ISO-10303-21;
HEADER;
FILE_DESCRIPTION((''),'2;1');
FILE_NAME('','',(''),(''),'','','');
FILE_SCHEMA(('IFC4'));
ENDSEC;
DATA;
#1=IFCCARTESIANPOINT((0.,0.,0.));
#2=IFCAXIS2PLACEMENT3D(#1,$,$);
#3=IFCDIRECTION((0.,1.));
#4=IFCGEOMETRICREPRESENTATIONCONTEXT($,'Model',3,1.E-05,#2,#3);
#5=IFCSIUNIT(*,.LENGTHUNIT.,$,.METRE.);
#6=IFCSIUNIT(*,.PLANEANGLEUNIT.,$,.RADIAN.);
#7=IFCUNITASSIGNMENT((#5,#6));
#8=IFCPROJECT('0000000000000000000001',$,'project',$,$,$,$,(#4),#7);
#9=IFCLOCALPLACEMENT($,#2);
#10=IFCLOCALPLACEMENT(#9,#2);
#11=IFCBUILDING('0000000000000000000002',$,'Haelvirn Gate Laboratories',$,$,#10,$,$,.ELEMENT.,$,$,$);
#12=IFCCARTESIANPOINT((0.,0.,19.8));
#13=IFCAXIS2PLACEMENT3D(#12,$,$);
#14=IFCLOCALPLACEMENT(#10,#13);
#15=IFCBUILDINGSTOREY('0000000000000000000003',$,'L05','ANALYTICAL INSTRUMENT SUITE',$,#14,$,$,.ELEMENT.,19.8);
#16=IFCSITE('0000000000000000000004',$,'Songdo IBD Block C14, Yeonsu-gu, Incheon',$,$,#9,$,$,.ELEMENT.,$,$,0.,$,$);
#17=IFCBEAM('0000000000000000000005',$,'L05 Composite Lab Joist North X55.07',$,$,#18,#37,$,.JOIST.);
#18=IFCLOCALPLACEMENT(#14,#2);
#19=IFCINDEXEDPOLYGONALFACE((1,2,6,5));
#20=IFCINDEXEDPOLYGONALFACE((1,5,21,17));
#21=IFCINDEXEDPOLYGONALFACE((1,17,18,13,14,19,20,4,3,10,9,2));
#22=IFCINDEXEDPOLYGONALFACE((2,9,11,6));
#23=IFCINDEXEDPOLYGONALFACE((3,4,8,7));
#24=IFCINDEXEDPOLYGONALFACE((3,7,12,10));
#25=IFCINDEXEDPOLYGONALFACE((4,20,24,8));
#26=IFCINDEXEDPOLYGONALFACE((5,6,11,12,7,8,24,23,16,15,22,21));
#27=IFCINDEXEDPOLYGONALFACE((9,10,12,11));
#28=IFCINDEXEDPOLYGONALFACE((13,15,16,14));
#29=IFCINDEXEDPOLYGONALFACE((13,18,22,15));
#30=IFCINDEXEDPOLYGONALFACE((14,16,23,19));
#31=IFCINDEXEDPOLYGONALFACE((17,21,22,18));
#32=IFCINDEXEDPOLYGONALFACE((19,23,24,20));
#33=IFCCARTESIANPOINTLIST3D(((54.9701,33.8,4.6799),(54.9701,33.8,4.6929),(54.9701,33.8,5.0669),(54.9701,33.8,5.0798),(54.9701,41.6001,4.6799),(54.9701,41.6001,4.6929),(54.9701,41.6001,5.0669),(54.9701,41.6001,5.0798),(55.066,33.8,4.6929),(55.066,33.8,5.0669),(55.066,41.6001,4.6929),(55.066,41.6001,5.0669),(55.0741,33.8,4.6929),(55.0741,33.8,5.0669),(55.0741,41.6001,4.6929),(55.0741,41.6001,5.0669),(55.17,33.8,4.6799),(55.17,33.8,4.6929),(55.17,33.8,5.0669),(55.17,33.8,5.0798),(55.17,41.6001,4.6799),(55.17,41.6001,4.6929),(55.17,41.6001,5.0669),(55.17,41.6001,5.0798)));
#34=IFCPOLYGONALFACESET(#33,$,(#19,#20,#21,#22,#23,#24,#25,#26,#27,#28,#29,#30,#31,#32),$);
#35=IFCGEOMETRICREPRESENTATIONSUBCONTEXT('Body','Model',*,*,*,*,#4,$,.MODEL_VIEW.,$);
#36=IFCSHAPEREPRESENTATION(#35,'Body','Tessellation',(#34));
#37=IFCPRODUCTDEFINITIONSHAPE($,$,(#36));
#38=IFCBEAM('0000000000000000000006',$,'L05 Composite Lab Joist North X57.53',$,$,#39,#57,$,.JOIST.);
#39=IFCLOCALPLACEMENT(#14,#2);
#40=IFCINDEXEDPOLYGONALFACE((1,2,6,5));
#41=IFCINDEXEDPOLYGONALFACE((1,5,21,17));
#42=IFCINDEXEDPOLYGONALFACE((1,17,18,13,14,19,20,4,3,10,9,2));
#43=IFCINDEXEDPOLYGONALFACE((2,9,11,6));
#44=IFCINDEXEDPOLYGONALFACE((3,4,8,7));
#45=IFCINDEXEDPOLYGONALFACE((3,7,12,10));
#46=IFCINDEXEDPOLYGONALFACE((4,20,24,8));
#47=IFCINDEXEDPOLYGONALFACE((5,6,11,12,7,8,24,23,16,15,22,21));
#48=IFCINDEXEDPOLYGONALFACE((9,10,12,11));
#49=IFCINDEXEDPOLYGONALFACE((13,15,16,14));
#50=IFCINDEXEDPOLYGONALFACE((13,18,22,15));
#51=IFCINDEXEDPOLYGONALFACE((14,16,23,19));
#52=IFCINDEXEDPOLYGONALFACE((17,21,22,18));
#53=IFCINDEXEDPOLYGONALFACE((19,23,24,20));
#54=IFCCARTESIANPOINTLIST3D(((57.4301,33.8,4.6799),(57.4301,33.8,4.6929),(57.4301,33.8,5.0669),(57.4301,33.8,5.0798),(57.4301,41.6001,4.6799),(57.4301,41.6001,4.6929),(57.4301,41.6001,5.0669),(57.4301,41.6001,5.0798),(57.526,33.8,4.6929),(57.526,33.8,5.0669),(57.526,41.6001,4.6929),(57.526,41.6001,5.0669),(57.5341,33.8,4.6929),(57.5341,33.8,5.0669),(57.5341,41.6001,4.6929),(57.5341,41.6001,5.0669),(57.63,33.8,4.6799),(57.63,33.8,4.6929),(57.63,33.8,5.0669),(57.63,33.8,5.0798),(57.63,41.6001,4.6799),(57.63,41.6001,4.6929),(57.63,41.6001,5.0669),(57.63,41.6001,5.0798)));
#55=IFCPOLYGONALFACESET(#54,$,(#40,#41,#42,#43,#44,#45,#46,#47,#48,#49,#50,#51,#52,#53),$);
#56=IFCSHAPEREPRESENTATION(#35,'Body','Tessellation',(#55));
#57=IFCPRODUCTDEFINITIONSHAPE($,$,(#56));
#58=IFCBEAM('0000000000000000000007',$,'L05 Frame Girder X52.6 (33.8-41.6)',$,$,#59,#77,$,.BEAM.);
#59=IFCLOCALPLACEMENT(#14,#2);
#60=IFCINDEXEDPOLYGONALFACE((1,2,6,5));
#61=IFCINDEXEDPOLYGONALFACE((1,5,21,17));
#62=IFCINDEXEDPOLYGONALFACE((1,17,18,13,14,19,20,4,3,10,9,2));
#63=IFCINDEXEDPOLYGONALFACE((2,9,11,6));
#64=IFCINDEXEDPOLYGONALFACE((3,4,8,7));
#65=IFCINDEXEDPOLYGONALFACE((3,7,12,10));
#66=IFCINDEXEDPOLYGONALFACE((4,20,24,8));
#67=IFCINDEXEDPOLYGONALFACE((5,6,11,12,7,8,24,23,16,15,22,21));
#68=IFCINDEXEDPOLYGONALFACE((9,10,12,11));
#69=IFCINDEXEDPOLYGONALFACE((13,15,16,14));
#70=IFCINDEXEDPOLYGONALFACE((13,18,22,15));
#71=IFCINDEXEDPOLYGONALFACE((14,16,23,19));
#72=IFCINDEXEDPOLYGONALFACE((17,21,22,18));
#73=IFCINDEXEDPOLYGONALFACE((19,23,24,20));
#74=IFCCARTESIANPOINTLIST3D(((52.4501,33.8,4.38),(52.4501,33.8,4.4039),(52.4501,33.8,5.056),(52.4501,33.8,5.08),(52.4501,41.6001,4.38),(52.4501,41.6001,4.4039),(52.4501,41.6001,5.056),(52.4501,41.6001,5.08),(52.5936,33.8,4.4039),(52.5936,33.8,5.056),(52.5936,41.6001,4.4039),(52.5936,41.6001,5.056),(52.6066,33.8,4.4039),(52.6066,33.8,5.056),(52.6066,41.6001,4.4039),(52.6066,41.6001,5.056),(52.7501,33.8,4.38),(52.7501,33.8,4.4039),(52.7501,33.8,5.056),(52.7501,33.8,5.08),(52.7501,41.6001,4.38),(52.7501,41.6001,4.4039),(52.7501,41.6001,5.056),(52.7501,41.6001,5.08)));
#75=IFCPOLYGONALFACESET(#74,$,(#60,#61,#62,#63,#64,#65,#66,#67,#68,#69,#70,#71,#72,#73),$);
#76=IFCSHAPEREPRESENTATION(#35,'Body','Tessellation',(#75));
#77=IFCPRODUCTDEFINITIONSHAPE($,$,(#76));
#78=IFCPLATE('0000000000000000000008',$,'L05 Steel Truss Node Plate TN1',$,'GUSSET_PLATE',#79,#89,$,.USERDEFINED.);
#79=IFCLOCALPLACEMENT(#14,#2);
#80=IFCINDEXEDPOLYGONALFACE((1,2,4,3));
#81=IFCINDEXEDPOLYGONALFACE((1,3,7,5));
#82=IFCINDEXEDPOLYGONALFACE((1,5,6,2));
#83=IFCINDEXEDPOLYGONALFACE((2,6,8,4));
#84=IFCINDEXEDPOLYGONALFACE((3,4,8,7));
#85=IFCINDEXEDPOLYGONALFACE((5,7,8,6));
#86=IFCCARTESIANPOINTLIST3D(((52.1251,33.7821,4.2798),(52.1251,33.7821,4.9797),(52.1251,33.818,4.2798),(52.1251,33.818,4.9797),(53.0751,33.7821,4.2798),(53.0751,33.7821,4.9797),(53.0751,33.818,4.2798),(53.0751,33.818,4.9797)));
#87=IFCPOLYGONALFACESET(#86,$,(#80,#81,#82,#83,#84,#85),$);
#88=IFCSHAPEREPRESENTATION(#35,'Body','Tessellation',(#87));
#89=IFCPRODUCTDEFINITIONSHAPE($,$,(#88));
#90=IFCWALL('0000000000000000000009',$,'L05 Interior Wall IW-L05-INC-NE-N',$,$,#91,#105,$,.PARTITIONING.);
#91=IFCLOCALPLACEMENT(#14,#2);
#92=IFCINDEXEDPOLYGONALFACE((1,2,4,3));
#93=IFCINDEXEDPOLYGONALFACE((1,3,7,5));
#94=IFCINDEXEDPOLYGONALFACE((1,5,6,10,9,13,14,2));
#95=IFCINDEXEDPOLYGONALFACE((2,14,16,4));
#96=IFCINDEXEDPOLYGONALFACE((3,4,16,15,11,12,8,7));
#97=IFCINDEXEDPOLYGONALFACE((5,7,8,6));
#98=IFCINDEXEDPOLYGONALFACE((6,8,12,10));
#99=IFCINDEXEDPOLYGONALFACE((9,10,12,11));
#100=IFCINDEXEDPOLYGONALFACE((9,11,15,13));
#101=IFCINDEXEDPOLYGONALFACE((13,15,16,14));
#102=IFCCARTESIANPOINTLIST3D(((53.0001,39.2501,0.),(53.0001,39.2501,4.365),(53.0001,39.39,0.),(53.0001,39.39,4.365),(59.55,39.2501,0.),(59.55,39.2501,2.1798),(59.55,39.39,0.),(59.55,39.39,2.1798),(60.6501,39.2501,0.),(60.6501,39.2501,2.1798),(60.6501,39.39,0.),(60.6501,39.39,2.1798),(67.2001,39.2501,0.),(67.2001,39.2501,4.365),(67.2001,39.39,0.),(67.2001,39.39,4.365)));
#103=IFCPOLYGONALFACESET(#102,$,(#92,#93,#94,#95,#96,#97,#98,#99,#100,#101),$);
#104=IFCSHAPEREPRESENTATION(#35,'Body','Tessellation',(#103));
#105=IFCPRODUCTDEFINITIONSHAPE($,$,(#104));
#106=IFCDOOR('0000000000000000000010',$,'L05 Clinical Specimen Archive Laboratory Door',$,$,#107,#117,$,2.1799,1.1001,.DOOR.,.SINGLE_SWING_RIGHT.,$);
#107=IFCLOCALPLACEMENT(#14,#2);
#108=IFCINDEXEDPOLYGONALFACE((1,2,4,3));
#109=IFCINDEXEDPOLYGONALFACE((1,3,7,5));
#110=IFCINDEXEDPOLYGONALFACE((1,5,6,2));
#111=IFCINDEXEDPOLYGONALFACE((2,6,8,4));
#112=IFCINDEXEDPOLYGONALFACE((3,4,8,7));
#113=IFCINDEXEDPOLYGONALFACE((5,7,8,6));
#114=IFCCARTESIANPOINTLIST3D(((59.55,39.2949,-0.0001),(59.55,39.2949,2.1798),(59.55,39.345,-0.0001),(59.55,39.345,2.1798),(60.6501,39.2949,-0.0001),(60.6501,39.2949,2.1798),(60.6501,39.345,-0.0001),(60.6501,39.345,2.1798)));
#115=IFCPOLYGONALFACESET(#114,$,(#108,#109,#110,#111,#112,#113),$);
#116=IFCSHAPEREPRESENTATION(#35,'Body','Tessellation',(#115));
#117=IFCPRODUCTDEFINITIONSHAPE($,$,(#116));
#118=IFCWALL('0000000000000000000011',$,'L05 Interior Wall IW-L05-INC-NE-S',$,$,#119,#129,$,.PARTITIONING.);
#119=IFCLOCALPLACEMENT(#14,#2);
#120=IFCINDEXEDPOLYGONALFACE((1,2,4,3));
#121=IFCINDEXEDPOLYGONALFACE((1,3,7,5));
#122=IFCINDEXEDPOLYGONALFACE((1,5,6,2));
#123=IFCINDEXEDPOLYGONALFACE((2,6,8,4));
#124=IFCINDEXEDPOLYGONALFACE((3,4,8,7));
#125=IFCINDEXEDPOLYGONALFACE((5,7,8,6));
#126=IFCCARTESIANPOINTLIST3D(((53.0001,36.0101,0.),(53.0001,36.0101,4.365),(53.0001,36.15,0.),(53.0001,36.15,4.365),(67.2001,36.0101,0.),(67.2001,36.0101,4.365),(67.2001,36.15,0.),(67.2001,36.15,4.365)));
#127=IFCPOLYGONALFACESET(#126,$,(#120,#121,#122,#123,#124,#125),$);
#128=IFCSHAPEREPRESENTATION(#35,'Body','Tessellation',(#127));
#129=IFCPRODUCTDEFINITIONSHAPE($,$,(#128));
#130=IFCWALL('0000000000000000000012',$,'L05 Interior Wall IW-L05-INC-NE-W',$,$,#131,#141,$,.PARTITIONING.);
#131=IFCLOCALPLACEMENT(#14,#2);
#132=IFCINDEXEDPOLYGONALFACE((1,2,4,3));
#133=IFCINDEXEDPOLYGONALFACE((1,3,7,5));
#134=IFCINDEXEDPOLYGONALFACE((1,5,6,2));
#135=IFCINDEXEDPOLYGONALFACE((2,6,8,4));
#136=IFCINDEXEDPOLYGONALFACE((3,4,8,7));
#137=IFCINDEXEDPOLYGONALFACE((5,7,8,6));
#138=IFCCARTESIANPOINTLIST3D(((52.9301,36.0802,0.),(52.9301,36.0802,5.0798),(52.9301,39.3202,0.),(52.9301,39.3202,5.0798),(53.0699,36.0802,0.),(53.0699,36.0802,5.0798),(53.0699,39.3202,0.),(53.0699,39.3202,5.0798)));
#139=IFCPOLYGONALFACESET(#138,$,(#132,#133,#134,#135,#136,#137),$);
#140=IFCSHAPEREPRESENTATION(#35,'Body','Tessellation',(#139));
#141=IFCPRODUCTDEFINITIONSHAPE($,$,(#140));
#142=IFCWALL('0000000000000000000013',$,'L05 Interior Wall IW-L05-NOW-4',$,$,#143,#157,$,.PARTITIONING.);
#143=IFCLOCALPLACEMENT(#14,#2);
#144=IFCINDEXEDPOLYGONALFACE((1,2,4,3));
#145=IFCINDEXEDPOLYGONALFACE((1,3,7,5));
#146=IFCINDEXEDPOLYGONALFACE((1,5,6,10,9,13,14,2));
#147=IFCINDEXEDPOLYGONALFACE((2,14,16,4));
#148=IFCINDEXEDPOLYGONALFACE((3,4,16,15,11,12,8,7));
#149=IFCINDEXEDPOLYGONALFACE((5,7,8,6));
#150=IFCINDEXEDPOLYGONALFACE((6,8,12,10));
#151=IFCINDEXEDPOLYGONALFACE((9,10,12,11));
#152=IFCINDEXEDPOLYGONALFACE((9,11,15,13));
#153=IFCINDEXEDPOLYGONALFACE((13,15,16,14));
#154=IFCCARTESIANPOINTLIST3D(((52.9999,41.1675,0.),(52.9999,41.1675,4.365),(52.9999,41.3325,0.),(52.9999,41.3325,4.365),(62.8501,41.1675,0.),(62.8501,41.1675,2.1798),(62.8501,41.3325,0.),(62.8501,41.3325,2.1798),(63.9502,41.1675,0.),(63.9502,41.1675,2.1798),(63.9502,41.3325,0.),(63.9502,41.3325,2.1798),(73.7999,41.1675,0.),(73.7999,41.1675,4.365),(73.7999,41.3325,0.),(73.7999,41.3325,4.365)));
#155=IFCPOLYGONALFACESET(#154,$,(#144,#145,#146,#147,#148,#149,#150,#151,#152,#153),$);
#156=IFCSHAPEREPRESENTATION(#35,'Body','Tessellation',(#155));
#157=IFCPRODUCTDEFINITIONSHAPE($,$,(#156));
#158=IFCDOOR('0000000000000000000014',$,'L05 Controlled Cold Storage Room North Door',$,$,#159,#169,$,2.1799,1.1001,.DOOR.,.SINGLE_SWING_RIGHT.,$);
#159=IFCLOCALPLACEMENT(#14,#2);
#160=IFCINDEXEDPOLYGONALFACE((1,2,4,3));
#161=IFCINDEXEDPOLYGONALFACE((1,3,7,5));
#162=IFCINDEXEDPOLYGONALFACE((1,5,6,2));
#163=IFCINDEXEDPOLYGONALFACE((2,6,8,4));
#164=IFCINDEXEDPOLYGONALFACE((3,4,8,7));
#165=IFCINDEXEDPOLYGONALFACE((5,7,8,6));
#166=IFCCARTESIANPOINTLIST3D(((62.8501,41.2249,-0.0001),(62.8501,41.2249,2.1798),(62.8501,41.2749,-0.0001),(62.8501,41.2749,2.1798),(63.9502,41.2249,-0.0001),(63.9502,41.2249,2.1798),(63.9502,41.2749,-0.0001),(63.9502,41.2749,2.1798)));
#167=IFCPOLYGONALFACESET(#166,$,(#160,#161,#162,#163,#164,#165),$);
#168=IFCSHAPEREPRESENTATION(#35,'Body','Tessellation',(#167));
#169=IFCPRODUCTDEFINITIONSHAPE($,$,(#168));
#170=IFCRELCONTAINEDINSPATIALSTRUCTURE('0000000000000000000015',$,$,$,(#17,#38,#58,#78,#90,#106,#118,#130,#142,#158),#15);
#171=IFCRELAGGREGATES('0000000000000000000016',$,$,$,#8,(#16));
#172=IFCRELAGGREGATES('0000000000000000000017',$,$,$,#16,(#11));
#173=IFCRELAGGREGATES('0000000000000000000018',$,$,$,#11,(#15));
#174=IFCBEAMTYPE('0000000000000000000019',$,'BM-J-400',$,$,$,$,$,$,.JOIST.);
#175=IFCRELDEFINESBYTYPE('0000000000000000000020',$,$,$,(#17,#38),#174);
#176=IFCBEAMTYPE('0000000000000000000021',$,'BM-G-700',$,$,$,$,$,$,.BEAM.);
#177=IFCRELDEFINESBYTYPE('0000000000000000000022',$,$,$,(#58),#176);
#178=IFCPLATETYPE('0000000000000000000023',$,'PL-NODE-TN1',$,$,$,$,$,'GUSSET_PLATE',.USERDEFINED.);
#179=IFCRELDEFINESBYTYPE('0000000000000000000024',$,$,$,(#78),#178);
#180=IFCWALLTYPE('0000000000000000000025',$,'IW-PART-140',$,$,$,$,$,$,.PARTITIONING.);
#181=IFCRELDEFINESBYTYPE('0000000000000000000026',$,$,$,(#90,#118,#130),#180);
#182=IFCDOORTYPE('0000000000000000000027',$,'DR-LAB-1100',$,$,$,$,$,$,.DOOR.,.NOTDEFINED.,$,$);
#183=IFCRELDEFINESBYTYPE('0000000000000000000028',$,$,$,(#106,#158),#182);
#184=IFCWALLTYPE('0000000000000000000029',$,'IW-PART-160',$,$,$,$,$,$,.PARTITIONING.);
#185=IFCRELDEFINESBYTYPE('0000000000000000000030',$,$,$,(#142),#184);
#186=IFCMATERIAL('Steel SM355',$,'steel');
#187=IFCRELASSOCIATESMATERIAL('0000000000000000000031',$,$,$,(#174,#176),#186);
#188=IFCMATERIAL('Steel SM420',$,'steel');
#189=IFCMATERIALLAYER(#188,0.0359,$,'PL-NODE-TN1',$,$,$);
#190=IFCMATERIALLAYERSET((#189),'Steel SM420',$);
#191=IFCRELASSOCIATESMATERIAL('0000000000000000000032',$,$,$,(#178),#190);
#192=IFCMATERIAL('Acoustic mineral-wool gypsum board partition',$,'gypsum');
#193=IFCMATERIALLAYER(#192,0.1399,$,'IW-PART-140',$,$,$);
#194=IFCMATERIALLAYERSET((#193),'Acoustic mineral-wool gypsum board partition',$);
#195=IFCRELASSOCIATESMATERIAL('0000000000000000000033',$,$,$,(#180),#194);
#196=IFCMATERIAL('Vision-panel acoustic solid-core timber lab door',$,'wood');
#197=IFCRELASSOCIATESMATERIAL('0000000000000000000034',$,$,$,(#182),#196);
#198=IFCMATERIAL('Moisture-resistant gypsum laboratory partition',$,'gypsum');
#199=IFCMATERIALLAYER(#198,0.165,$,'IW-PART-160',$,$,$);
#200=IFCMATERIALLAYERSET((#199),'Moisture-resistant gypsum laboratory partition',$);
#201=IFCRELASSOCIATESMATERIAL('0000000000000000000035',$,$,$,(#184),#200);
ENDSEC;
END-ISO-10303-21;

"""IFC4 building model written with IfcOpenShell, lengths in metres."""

from ifc_helpers import new_model, si_unit, direction, frame, frame_2d, origin, origin_2d, place, context, subcontext, project, spatial, rectangle, i_section, extrude, source, transform, mapped, material, layer, layer_set, material_profile, profile_set, type_object, type_shapes, element, fill, save


model = new_model("IFC4")

# Units and contexts
model_context = context("Model", 3, precision=1e-05, world=origin(), true_north=direction((0.0, 1.0)))
body_context = subcontext(model_context, "Body", "Model", "MODEL_VIEW")
ifc_project = project(units=[si_unit("LENGTHUNIT", "METRE"), si_unit("PLANEANGLEUNIT", "RADIAN")], contexts=[model_context])

# Site, building, storey
site_placement = place(None, origin())
site = spatial("IfcSite", under=ifc_project, at=site_placement, Name="Songdo IBD Block C14, Yeonsu-gu, Incheon", CompositionType="ELEMENT", RefElevation=0.0)
building_placement = place(site_placement, origin())
building = spatial("IfcBuilding", under=site, at=building_placement, Name="Haelvirn Gate Laboratories", CompositionType="ELEMENT")
storey_placement = place(building_placement, frame((0.0, 0.0, 19.8)))
storey = spatial("IfcBuildingStorey", under=building, at=storey_placement, Name="L05", Description="ANALYTICAL INSTRUMENT SUITE", CompositionType="ELEMENT", Elevation=19.8)

# Beams
ifc_material_1 = material(Name="Steel SM355", Category="steel")
ifc_material_profile_1 = material_profile(ifc_material_1, i_section(OverallWidth=0.2, OverallDepth=0.3999, WebThickness=0.0081, FlangeThickness=0.0129, at=origin_2d()), Name="H-400x200x8x13")
ifc_profile_set_1 = profile_set([ifc_material_profile_1], Name="Steel SM355")
beam_type_1 = type_object("IfcBeamType", Name="BM-J-400", PredefinedType="JOIST", material=ifc_profile_set_1)
shared_shape_1 = source(origin(), body_context, "Body", "SweptSolid", [
    extrude(i_section(OverallWidth=0.2, OverallDepth=0.3999, WebThickness=0.0081, FlangeThickness=0.0129, at=origin_2d()), origin(), (0.0, 0.0, 1.0), 7.8),
])
type_shapes(beam_type_1, [shared_shape_1])
for number, where, z_axis, x_axis, name in (
    (1, (55.0701, 33.8, 4.8799), (0.0, 1.0, 0.0), (-1.0, 0.0, 0.0), "L05 Composite Lab Joist North X55.07"),
    (2, (57.53, 33.8, 4.8799), (0.0, 1.0, 0.0), (-1.0, 0.0, 0.0), "L05 Composite Lab Joist North X57.53"),
):
    element("IfcBeam", number, at=place(storey_placement, frame(where, z_axis=z_axis, x_axis=x_axis)), inside=storey, type_object=beam_type_1, Name=name, PredefinedType="JOIST", context=body_context, shape_type="MappedRepresentation", body=[
        mapped(shared_shape_1, transform((0.0, 0.0, 0.0), scale=1.0)),
    ])
ifc_material_profile_2 = material_profile(ifc_material_1, i_section(OverallWidth=0.3, OverallDepth=0.7, WebThickness=0.0129, FlangeThickness=0.0239, at=origin_2d()), Name="H-700x300x13x24")
ifc_profile_set_2 = profile_set([ifc_material_profile_2], Name="Steel SM355")
beam_type_2 = type_object("IfcBeamType", Name="BM-G-700", PredefinedType="BEAM", material=ifc_profile_set_2)
shared_shape_2 = source(origin(), body_context, "Body", "SweptSolid", [
    extrude(i_section(OverallWidth=0.3, OverallDepth=0.7, WebThickness=0.0129, FlangeThickness=0.0239, at=origin_2d()), origin(), (0.0, 0.0, 1.0), 7.8),
])
type_shapes(beam_type_2, [shared_shape_2])
beam_placement = place(storey_placement, frame((52.6001, 33.8, 4.73), z_axis=(0.0, 1.0, 0.0), x_axis=(-1.0, 0.0, 0.0)))
element("IfcBeam", 3, at=beam_placement, inside=storey, type_object=beam_type_2, Name="L05 Frame Girder X52.6 (33.8-41.6)", PredefinedType="BEAM", context=body_context, shape_type="MappedRepresentation", body=[
    mapped(shared_shape_2, transform((0.0, 0.0, 0.0), scale=1.0)),
])

# Plate
ifc_material_2 = material(Name="Steel SM420", Category="steel")
ifc_layer_1 = layer(ifc_material_2, 0.0359, Name="PL-NODE-TN1")
ifc_layer_set_1 = layer_set([ifc_layer_1], Name="Steel SM420")
plate_type = type_object("IfcPlateType", Name="PL-NODE-TN1", ElementType="GUSSET_PLATE", PredefinedType="USERDEFINED", material=ifc_layer_set_1)
shared_shape_3 = source(origin(), body_context, "Body", "SweptSolid", [
    extrude(rectangle(XDim=0.95, YDim=0.0359, at=origin_2d()), origin(), (0.0, 0.0, 1.0), 0.7),
])
type_shapes(plate_type, [shared_shape_3])
plate_placement = place(storey_placement, frame((52.6001, 33.8, 4.2798), z_axis=(0.0, 0.0, 1.0), x_axis=(1.0, 0.0, 0.0)))
element("IfcPlate", 4, at=plate_placement, inside=storey, type_object=plate_type, Name="L05 Steel Truss Node Plate TN1", ObjectType="GUSSET_PLATE", PredefinedType="USERDEFINED", context=body_context, shape_type="MappedRepresentation", body=[
    mapped(shared_shape_3, transform((0.0, 0.0, 0.0), scale=1.0)),
])

# Wall, opening, door
ifc_material_3 = material(Name="Acoustic mineral-wool gypsum board partition", Category="gypsum")
ifc_layer_2 = layer(ifc_material_3, 0.1399, Name="IW-PART-140")
ifc_layer_set_2 = layer_set([ifc_layer_2], Name="Acoustic mineral-wool gypsum board partition")
wall_type_1 = type_object("IfcWallType", Name="IW-PART-140", PredefinedType="PARTITIONING", material=ifc_layer_set_2)
wall_1_placement = place(storey_placement, frame((53.0, 39.3201, 0.0), z_axis=(0.0, 0.0, 1.0), x_axis=(1.0, 0.0, 0.0)))
wall_1 = element("IfcWall", 5, at=wall_1_placement, inside=storey, type_object=wall_type_1, Name="L05 Interior Wall IW-L05-INC-NE-N", PredefinedType="PARTITIONING", context=body_context, shape_type="SweptSolid", body=[
    extrude(rectangle(XDim=14.2, YDim=0.1399, at=frame_2d((7.1001, 0.0))), origin(), (0.0, 0.0, 1.0), 4.365),
])
opening_1_placement = place(wall_1_placement, frame((6.55, 0.0, 0.0)))
opening_1 = element("IfcOpeningElement", 6, at=opening_1_placement, cuts=wall_1, PredefinedType="OPENING", context=body_context, shape_type="SweptSolid", body=[
    extrude(rectangle(XDim=1.1001, YDim=2.1799, at=frame_2d((0.55, 1.0898))), frame((0.0, 0.0801, 0.0), z_axis=(0.0, -1.0, 0.0), x_axis=(1.0, 0.0, 0.0)), (0.0, 0.0, 1.0), 0.1599),
])
ifc_material_4 = material(Name="Vision-panel acoustic solid-core timber lab door", Category="wood")
door_type_1 = type_object("IfcDoorType", Name="DR-LAB-1100", OperationType="NOTDEFINED", PredefinedType="DOOR", material=ifc_material_4)
shared_shape_4 = source(origin(), body_context, "Body", "SweptSolid", [
    extrude(rectangle(XDim=1.1001, YDim=2.1799, at=frame_2d((0.55, 1.0898))), frame((0.0, 0.0249, 0.0), z_axis=(0.0, -1.0, 0.0), x_axis=(1.0, 0.0, 0.0)), (0.0, 0.0, 1.0), 0.05),
])
type_shapes(door_type_1, [shared_shape_4])
door_1_placement = place(opening_1_placement, origin())
door_1 = element("IfcDoor", 7, at=door_1_placement, inside=storey, type_object=door_type_1, Name="L05 Clinical Specimen Archive Laboratory Door", OperationType="SINGLE_SWING_RIGHT", OverallHeight=2.1799, OverallWidth=1.1001, PredefinedType="DOOR", context=body_context, shape_type="MappedRepresentation", body=[
    mapped(shared_shape_4, transform((0.0, 0.0, 0.0), scale=1.0)),
])
fill(opening_1, door_1)

# Walls
wall_2_placement = place(storey_placement, frame((53.0, 36.0801, 0.0), z_axis=(0.0, 0.0, 1.0), x_axis=(1.0, 0.0, 0.0)))
element("IfcWall", 8, at=wall_2_placement, inside=storey, type_object=wall_type_1, Name="L05 Interior Wall IW-L05-INC-NE-S", PredefinedType="PARTITIONING", context=body_context, shape_type="SweptSolid", body=[
    extrude(rectangle(XDim=14.2, YDim=0.1399, at=frame_2d((7.1001, 0.0))), origin(), (0.0, 0.0, 1.0), 4.365),
])
wall_3_placement = place(storey_placement, frame((53.0, 36.0801, 0.0), z_axis=(0.0, 0.0, 1.0), x_axis=(0.0, 1.0, 0.0)))
element("IfcWall", 9, at=wall_3_placement, inside=storey, type_object=wall_type_1, Name="L05 Interior Wall IW-L05-INC-NE-W", PredefinedType="PARTITIONING", context=body_context, shape_type="SweptSolid", body=[
    extrude(rectangle(XDim=3.24, YDim=0.1399, at=frame_2d((1.6201, 0.0))), origin(), (0.0, 0.0, 1.0), 5.0798),
])

# Wall, opening, door
ifc_material_5 = material(Name="Moisture-resistant gypsum laboratory partition", Category="gypsum")
ifc_layer_3 = layer(ifc_material_5, 0.165, Name="IW-PART-160")
ifc_layer_set_3 = layer_set([ifc_layer_3], Name="Moisture-resistant gypsum laboratory partition")
wall_type_2 = type_object("IfcWallType", Name="IW-PART-160", PredefinedType="PARTITIONING", material=ifc_layer_set_3)
wall_4_placement = place(storey_placement, frame((53.0, 41.25, 0.0), z_axis=(0.0, 0.0, 1.0), x_axis=(1.0, 0.0, 0.0)))
wall_4 = element("IfcWall", 10, at=wall_4_placement, inside=storey, type_object=wall_type_2, Name="L05 Interior Wall IW-L05-NOW-4", PredefinedType="PARTITIONING", context=body_context, shape_type="SweptSolid", body=[
    extrude(rectangle(XDim=20.8, YDim=0.165, at=frame_2d((10.3999, 0.0))), origin(), (0.0, 0.0, 1.0), 4.365),
])
opening_2_placement = place(wall_4_placement, frame((9.8501, 0.0, 0.0)))
opening_2 = element("IfcOpeningElement", 11, at=opening_2_placement, cuts=wall_4, PredefinedType="OPENING", context=body_context, shape_type="SweptSolid", body=[
    extrude(rectangle(XDim=1.1001, YDim=2.1799, at=frame_2d((0.55, 1.0898))), frame((0.0, 0.0925, 0.0), z_axis=(0.0, -1.0, 0.0), x_axis=(1.0, 0.0, 0.0)), (0.0, 0.0, 1.0), 0.1851),
])
door_2_placement = place(opening_2_placement, origin())
door_2 = element("IfcDoor", 12, at=door_2_placement, inside=storey, type_object=door_type_1, Name="L05 Controlled Cold Storage Room North Door", OperationType="SINGLE_SWING_RIGHT", OverallHeight=2.1799, OverallWidth=1.1001, PredefinedType="DOOR", context=body_context, shape_type="MappedRepresentation", body=[
    mapped(shared_shape_4, transform((0.0, 0.0, 0.0), scale=1.0)),
])
fill(opening_2, door_2)

save(model, "model.ifc")
